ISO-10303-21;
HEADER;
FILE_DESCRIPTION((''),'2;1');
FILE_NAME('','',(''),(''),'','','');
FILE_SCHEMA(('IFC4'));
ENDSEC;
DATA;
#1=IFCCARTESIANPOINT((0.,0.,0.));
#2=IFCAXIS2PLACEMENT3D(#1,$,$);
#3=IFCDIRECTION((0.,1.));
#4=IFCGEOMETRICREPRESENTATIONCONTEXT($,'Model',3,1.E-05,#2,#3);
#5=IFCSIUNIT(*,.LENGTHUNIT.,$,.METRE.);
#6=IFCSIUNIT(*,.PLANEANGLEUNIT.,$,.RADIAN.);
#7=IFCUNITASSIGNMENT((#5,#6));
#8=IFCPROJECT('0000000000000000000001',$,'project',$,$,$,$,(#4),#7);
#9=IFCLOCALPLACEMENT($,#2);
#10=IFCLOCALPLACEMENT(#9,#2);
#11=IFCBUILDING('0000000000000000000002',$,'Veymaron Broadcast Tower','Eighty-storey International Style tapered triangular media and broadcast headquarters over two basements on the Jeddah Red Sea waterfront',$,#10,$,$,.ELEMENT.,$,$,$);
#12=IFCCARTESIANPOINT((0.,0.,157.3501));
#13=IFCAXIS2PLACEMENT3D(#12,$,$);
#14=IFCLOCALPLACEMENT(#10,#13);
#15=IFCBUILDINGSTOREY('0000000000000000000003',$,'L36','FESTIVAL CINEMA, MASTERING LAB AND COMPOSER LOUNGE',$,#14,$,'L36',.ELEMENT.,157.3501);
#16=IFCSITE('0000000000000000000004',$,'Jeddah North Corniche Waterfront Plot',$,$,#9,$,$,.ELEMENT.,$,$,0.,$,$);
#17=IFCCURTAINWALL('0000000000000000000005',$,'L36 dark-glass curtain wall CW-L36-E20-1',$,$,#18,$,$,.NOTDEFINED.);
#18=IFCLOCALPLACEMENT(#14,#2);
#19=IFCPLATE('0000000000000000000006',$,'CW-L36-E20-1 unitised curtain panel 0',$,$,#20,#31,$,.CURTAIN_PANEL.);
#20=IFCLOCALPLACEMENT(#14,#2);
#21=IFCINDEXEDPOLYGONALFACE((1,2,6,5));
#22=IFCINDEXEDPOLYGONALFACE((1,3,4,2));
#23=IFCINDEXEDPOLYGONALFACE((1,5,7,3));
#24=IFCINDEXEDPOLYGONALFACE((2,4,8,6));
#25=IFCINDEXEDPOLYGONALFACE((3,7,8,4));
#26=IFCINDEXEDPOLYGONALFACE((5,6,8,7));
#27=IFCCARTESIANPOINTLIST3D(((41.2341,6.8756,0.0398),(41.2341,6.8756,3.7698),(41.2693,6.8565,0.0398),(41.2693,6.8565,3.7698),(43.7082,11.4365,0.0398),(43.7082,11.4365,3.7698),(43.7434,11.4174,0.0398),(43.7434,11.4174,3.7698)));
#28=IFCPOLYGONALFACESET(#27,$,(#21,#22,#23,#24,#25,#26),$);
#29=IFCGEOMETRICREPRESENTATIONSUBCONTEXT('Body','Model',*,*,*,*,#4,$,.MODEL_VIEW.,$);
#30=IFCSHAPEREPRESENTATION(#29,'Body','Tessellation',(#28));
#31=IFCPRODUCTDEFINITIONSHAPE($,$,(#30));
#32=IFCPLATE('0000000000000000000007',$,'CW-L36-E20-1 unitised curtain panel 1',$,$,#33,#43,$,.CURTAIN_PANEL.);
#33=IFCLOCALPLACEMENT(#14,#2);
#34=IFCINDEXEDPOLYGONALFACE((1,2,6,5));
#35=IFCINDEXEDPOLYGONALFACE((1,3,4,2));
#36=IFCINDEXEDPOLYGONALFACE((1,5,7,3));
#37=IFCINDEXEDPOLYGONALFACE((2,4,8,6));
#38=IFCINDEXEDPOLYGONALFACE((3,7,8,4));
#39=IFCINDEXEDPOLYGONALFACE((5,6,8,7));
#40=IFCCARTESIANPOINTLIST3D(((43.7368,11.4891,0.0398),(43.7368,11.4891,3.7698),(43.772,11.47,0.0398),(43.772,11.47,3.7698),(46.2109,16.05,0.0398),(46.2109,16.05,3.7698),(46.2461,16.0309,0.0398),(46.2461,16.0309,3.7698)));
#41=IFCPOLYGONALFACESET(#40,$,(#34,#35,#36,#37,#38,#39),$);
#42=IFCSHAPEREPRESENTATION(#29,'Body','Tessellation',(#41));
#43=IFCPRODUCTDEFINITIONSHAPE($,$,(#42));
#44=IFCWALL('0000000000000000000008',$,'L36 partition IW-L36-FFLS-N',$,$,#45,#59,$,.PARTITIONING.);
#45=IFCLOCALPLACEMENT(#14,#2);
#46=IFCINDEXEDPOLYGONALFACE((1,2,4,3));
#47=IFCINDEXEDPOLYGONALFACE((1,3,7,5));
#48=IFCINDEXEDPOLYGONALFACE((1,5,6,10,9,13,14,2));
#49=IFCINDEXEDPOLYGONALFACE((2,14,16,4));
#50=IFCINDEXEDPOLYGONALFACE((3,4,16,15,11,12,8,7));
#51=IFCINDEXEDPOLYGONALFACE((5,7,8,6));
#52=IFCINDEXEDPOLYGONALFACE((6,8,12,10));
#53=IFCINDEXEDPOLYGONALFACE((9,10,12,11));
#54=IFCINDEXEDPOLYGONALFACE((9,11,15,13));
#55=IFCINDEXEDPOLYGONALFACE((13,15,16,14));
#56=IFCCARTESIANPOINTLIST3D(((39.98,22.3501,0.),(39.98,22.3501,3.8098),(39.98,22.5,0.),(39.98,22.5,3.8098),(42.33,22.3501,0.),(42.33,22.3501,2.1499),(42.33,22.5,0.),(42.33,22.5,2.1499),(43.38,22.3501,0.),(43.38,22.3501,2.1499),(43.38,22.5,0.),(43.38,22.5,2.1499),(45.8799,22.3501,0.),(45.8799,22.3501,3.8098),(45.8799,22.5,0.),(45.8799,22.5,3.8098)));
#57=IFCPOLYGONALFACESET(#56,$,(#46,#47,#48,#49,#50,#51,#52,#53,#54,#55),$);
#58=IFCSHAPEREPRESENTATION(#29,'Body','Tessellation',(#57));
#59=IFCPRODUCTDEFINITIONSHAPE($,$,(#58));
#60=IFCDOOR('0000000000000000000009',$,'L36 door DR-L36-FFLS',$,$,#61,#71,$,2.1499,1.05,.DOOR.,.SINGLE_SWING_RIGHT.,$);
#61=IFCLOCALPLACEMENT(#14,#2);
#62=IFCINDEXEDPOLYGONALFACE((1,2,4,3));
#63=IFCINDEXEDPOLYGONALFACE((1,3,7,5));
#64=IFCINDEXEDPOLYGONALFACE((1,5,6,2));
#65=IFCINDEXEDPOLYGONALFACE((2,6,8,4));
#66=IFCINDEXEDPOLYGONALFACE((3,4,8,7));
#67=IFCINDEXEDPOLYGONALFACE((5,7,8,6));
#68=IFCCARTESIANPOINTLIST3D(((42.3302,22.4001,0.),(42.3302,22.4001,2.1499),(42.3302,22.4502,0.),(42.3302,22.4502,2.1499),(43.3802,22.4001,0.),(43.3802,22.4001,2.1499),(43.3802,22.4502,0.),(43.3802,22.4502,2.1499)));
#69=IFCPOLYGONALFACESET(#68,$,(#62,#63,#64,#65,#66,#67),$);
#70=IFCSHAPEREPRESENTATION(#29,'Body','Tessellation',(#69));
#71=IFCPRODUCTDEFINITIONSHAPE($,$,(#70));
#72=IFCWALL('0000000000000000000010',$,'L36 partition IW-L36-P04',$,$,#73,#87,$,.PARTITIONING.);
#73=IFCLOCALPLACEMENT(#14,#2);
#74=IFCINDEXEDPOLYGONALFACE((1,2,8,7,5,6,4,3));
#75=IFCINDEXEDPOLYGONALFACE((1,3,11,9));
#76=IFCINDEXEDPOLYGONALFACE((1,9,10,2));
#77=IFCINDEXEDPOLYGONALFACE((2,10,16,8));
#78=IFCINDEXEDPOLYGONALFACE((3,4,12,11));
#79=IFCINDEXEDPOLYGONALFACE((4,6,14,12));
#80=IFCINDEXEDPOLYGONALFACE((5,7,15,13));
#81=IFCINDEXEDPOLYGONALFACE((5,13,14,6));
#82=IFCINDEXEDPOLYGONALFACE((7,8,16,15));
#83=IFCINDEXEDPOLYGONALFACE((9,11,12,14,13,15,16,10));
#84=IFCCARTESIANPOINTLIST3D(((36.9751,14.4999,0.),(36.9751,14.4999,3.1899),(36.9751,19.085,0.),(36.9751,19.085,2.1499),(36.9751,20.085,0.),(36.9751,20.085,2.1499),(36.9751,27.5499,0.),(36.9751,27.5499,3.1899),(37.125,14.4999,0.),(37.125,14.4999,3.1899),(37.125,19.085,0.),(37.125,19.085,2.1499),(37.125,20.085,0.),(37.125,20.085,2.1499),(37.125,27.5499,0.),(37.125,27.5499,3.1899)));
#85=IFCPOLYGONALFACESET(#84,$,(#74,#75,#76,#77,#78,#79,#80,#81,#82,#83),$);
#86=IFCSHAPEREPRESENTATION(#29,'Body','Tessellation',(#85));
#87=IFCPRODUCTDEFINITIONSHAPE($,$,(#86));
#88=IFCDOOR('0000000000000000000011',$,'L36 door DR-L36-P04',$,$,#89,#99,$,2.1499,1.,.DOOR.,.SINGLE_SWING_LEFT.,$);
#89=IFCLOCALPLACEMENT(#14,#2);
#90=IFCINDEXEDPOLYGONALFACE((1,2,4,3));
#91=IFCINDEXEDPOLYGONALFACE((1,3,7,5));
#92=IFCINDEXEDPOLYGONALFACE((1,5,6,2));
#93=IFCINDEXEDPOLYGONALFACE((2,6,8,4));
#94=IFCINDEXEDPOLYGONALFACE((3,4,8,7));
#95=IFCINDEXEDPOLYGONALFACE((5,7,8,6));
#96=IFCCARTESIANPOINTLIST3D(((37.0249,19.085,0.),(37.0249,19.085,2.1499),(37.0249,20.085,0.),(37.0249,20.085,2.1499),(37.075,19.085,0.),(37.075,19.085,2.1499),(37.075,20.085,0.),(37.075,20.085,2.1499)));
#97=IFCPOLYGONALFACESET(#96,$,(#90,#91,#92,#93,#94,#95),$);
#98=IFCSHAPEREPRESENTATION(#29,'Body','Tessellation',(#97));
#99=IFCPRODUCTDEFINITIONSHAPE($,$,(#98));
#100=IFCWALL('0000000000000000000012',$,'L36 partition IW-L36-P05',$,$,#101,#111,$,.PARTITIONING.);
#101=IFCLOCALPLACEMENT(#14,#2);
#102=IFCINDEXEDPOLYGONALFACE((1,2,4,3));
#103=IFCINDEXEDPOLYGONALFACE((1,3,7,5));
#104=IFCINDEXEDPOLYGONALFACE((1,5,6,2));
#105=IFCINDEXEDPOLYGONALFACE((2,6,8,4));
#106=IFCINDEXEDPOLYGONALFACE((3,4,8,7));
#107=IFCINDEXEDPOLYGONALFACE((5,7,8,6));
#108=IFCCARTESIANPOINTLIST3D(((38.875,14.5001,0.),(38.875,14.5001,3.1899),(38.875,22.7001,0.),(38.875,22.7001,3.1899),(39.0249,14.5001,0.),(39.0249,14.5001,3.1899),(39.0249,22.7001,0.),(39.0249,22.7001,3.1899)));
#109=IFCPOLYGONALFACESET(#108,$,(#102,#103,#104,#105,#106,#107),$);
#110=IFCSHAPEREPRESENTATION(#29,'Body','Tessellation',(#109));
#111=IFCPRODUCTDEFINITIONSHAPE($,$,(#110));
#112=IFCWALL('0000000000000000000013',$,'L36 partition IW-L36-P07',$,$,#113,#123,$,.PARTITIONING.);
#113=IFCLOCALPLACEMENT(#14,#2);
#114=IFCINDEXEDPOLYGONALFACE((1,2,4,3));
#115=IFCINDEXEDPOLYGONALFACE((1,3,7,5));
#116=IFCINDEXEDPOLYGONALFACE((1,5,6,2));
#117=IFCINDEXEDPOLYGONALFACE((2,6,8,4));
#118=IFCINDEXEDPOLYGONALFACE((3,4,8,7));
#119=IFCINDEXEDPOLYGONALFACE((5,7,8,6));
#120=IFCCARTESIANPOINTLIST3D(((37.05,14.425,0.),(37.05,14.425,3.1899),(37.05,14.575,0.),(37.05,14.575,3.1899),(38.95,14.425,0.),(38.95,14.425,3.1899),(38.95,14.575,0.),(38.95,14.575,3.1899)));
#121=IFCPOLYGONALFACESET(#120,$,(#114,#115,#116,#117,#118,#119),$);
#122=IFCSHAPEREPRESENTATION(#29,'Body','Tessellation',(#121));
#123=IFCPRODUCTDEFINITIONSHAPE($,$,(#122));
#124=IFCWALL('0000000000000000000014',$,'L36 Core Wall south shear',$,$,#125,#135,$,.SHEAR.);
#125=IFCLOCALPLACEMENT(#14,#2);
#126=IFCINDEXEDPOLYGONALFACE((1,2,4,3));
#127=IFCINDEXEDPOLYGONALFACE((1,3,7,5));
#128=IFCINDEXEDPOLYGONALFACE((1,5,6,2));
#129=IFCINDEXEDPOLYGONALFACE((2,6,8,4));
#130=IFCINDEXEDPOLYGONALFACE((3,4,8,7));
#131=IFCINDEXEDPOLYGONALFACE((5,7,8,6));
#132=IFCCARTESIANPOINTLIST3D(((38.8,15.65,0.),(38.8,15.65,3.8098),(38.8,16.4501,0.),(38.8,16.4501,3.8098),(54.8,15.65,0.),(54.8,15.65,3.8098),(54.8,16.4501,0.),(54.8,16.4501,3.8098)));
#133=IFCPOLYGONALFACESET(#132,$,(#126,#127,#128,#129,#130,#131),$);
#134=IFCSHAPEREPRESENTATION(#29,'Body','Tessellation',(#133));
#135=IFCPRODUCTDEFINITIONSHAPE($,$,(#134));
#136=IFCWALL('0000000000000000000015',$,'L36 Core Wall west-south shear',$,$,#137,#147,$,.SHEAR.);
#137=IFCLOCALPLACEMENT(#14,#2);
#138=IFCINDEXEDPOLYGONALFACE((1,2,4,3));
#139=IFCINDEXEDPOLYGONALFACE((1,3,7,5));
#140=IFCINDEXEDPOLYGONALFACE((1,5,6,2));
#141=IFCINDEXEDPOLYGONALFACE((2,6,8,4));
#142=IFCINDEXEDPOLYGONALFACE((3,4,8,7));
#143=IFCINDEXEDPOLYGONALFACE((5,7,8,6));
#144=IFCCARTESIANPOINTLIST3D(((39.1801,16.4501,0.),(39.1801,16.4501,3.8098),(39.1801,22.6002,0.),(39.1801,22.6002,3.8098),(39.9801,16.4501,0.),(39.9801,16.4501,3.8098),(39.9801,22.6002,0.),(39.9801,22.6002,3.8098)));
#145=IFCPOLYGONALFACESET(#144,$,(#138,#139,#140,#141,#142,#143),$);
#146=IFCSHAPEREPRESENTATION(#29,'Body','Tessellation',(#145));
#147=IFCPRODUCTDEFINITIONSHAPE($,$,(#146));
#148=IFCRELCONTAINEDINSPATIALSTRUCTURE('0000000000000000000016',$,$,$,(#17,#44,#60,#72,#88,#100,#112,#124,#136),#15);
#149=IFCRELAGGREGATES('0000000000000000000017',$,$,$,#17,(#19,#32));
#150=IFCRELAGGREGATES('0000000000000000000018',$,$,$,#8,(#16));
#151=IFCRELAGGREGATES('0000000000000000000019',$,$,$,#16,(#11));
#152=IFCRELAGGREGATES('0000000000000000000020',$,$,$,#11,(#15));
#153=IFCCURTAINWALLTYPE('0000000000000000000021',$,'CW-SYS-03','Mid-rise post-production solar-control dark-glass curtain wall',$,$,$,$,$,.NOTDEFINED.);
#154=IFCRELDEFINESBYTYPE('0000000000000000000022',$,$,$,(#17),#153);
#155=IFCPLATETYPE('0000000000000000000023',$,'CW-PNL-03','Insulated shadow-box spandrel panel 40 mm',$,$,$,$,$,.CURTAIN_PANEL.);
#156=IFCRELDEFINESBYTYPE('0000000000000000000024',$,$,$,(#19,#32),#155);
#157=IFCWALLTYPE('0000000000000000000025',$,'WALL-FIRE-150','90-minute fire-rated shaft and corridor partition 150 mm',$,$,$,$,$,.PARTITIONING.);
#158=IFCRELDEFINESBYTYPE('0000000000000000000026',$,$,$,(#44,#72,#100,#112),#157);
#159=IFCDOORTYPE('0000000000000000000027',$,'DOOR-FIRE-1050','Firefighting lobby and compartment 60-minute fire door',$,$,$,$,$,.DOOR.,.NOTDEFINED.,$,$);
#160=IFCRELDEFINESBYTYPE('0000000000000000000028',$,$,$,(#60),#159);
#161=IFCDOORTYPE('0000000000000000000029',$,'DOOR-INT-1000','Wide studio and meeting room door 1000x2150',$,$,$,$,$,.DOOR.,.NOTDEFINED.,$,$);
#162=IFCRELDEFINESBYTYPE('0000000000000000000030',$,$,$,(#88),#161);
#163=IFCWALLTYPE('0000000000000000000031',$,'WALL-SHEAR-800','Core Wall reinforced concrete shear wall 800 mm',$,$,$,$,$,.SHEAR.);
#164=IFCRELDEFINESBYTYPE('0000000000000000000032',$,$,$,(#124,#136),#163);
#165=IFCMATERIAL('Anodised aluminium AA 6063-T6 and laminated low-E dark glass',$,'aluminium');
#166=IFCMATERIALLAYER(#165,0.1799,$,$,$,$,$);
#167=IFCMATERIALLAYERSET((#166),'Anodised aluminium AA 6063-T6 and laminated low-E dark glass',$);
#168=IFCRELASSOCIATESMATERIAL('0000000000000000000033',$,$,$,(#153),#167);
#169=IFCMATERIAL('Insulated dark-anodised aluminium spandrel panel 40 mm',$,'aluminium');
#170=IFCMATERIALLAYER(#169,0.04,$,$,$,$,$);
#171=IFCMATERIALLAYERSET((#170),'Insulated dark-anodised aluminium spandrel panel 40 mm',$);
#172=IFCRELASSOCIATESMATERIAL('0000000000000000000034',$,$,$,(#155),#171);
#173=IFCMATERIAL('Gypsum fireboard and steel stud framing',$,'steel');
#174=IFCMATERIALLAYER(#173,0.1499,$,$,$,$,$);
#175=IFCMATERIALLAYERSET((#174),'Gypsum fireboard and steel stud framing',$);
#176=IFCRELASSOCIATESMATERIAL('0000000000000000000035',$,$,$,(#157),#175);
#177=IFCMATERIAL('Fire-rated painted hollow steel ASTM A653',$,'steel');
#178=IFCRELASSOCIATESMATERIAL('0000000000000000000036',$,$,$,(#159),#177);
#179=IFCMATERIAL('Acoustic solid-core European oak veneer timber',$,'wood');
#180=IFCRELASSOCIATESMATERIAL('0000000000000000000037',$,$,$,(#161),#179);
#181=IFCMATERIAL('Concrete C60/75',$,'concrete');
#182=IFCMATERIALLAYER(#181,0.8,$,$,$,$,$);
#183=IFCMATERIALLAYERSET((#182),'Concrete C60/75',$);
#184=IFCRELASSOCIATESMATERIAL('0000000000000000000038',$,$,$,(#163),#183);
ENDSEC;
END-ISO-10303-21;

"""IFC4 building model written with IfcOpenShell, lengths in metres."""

from ifc_helpers import new_model, si_unit, direction, frame, frame_2d, origin, origin_2d, place, context, subcontext, project, spatial, rectangle, extrude, material, layer, layer_set, type_object, element, fill, aggregate, save


model = new_model("IFC4")

# Units and contexts
model_context = context("Model", 3, precision=1e-05, world=origin(), true_north=direction((0.0, 1.0)))
body_context = subcontext(model_context, "Body", "Model", "MODEL_VIEW")
ifc_project = project(units=[si_unit("LENGTHUNIT", "METRE"), si_unit("PLANEANGLEUNIT", "RADIAN")], contexts=[model_context])

# Site, building, storey
site_placement = place(None, origin())
site = spatial("IfcSite", under=ifc_project, at=site_placement, Name="Jeddah North Corniche Waterfront Plot", CompositionType="ELEMENT", RefElevation=0.0)
building_placement = place(site_placement, origin())
building = spatial("IfcBuilding", under=site, at=building_placement, Name="Veymaron Broadcast Tower", Description="Eighty-storey International Style tapered triangular media and broadcast headquarters over two basements on the Jeddah Red Sea waterfront", CompositionType="ELEMENT")
storey_placement = place(building_placement, frame((0.0, 0.0, 157.3501)))
storey = spatial("IfcBuildingStorey", under=building, at=storey_placement, Name="L36", Description="FESTIVAL CINEMA, MASTERING LAB AND COMPOSER LOUNGE", LongName="L36", CompositionType="ELEMENT", Elevation=157.3501)

# Curtain wall, plates
ifc_material_1 = material(Name="Anodised aluminium AA 6063-T6 and laminated low-E dark glass", Category="aluminium")
ifc_layer_1 = layer(ifc_material_1, 0.1799)
ifc_layer_set_1 = layer_set([ifc_layer_1], Name="Anodised aluminium AA 6063-T6 and laminated low-E dark glass")
curtain_wall_type = type_object("IfcCurtainWallType", Name="CW-SYS-03", Description="Mid-rise post-production solar-control dark-glass curtain wall", PredefinedType="NOTDEFINED", material=ifc_layer_set_1)
curtain_wall_placement = place(storey_placement, origin())
curtain_wall = element("IfcCurtainWall", 1, at=curtain_wall_placement, inside=storey, type_object=curtain_wall_type, Name="L36 dark-glass curtain wall CW-L36-E20-1", PredefinedType="NOTDEFINED")
ifc_material_2 = material(Name="Insulated dark-anodised aluminium spandrel panel 40 mm", Category="aluminium")
ifc_layer_2 = layer(ifc_material_2, 0.04)
ifc_layer_set_2 = layer_set([ifc_layer_2], Name="Insulated dark-anodised aluminium spandrel panel 40 mm")
plate_type = type_object("IfcPlateType", Name="CW-PNL-03", Description="Insulated shadow-box spandrel panel 40 mm", PredefinedType="CURTAIN_PANEL", material=ifc_layer_set_2)
plate_1_placement = place(storey_placement, frame((42.4888, 9.1465, 0.0398), z_axis=(0.0, 0.0, 1.0), x_axis=(0.476821, 0.879, 0.0)))
plate_1 = element("IfcPlate", 2, at=plate_1_placement, type_object=plate_type, Name="CW-L36-E20-1 unitised curtain panel 0", PredefinedType="CURTAIN_PANEL", context=body_context, shape_type="SweptSolid", body=[
    extrude(rectangle(XDim=5.1887, YDim=0.04, at=origin_2d()), origin(), (0.0, 0.0, 1.0), 3.73),
])
plate_2_placement = place(storey_placement, frame((44.9915, 13.76, 0.0398), z_axis=(0.0, 0.0, 1.0), x_axis=(0.476821, 0.879, 0.0)))
plate_2 = element("IfcPlate", 3, at=plate_2_placement, type_object=plate_type, Name="CW-L36-E20-1 unitised curtain panel 1", PredefinedType="CURTAIN_PANEL", context=body_context, shape_type="SweptSolid", body=[
    extrude(rectangle(XDim=5.1887, YDim=0.04, at=origin_2d()), origin(), (0.0, 0.0, 1.0), 3.73),
])
aggregate(curtain_wall, [plate_1, plate_2])

# Walls, openings, doors
ifc_material_3 = material(Name="Gypsum fireboard and steel stud framing", Category="steel")
ifc_layer_3 = layer(ifc_material_3, 0.1499)
ifc_layer_set_3 = layer_set([ifc_layer_3], Name="Gypsum fireboard and steel stud framing")
wall_type_1 = type_object("IfcWallType", Name="WALL-FIRE-150", Description="90-minute fire-rated shaft and corridor partition 150 mm", PredefinedType="PARTITIONING", material=ifc_layer_set_3)
wall_1_placement = place(storey_placement, frame((39.98, 22.425, 0.0), z_axis=(0.0, 0.0, 1.0), x_axis=(1.0, 0.0, 0.0)))
wall_1 = element("IfcWall", 4, at=wall_1_placement, inside=storey, type_object=wall_type_1, Name="L36 partition IW-L36-FFLS-N", PredefinedType="PARTITIONING", context=body_context, shape_type="SweptSolid", body=[
    extrude(rectangle(XDim=5.8999, YDim=0.1499, at=frame_2d((2.95, 0.0))), origin(), (0.0, 0.0, 1.0), 3.8098),
])
opening_1_placement = place(wall_1_placement, frame((2.3501, 0.0, 0.0)))
opening_1 = element("IfcOpeningElement", 5, at=opening_1_placement, cuts=wall_1, PredefinedType="OPENING", context=body_context, shape_type="SweptSolid", body=[
    extrude(rectangle(XDim=1.05, YDim=2.1499, at=frame_2d((0.5249, 1.075))), frame((0.0, 0.085, 0.0), z_axis=(0.0, -1.0, 0.0), x_axis=(1.0, 0.0, 0.0)), (0.0, 0.0, 1.0), 0.1699),
])
ifc_material_4 = material(Name="Fire-rated painted hollow steel ASTM A653", Category="steel")
door_type_1 = type_object("IfcDoorType", Name="DOOR-FIRE-1050", Description="Firefighting lobby and compartment 60-minute fire door", OperationType="NOTDEFINED", PredefinedType="DOOR", material=ifc_material_4)
door_1_placement = place(opening_1_placement, frame((1.05, 0.0, 0.0), z_axis=(0.0, 0.0, 1.0), x_axis=(-1.0, 0.0, 0.0)))
door_1 = element("IfcDoor", 6, at=door_1_placement, inside=storey, type_object=door_type_1, Name="L36 door DR-L36-FFLS", OperationType="SINGLE_SWING_RIGHT", OverallHeight=2.1499, OverallWidth=1.05, PredefinedType="DOOR", context=body_context, shape_type="SweptSolid", body=[
    extrude(rectangle(XDim=1.05, YDim=2.1499, at=frame_2d((0.5249, 1.075))), frame((0.0, 0.0249, 0.0), z_axis=(0.0, -1.0, 0.0), x_axis=(1.0, 0.0, 0.0)), (0.0, 0.0, 1.0), 0.05),
])
fill(opening_1, door_1)
wall_2_placement = place(storey_placement, frame((37.05, 14.5, 0.0), z_axis=(0.0, 0.0, 1.0), x_axis=(0.0, 1.0, 0.0)))
wall_2 = element("IfcWall", 7, at=wall_2_placement, inside=storey, type_object=wall_type_1, Name="L36 partition IW-L36-P04", PredefinedType="PARTITIONING", context=body_context, shape_type="SweptSolid", body=[
    extrude(rectangle(XDim=13.05, YDim=0.1499, at=frame_2d((6.5249, 0.0))), origin(), (0.0, 0.0, 1.0), 3.1899),
])
opening_2_placement = place(wall_2_placement, frame((4.585, 0.0, 0.0)))
opening_2 = element("IfcOpeningElement", 8, at=opening_2_placement, cuts=wall_2, PredefinedType="OPENING", context=body_context, shape_type="SweptSolid", body=[
    extrude(rectangle(XDim=1.0, YDim=2.1499, at=frame_2d((0.5, 1.075))), frame((0.0, 0.085, 0.0), z_axis=(0.0, -1.0, 0.0), x_axis=(1.0, 0.0, 0.0)), (0.0, 0.0, 1.0), 0.1699),
])
ifc_material_5 = material(Name="Acoustic solid-core European oak veneer timber", Category="wood")
door_type_2 = type_object("IfcDoorType", Name="DOOR-INT-1000", Description="Wide studio and meeting room door 1000x2150", OperationType="NOTDEFINED", PredefinedType="DOOR", material=ifc_material_5)
door_2_placement = place(opening_2_placement, frame((1.0, 0.0, 0.0), z_axis=(0.0, 0.0, 1.0), x_axis=(-1.0, 0.0, 0.0)))
door_2 = element("IfcDoor", 9, at=door_2_placement, inside=storey, type_object=door_type_2, Name="L36 door DR-L36-P04", OperationType="SINGLE_SWING_LEFT", OverallHeight=2.1499, OverallWidth=1.0, PredefinedType="DOOR", context=body_context, shape_type="SweptSolid", body=[
    extrude(rectangle(XDim=1.0, YDim=2.1499, at=frame_2d((0.5, 1.075))), frame((0.0, 0.0249, 0.0), z_axis=(0.0, -1.0, 0.0), x_axis=(1.0, 0.0, 0.0)), (0.0, 0.0, 1.0), 0.05),
])
fill(opening_2, door_2)

# Walls
wall_3_placement = place(storey_placement, frame((38.95, 14.5, 0.0), z_axis=(0.0, 0.0, 1.0), x_axis=(0.0, 1.0, 0.0)))
element("IfcWall", 10, at=wall_3_placement, inside=storey, type_object=wall_type_1, Name="L36 partition IW-L36-P05", PredefinedType="PARTITIONING", context=body_context, shape_type="SweptSolid", body=[
    extrude(rectangle(XDim=8.2, YDim=0.1499, at=frame_2d((4.1001, 0.0))), origin(), (0.0, 0.0, 1.0), 3.1899),
])
wall_4_placement = place(storey_placement, frame((37.05, 14.5, 0.0), z_axis=(0.0, 0.0, 1.0), x_axis=(1.0, 0.0, 0.0)))
element("IfcWall", 11, at=wall_4_placement, inside=storey, type_object=wall_type_1, Name="L36 partition IW-L36-P07", PredefinedType="PARTITIONING", context=body_context, shape_type="SweptSolid", body=[
    extrude(rectangle(XDim=1.8999, YDim=0.1499, at=frame_2d((0.95, 0.0))), origin(), (0.0, 0.0, 1.0), 3.1899),
])

# Walls
ifc_material_6 = material(Name="Concrete C60/75", Category="concrete")
ifc_layer_4 = layer(ifc_material_6, 0.8)
ifc_layer_set_4 = layer_set([ifc_layer_4], Name="Concrete C60/75")
wall_type_2 = type_object("IfcWallType", Name="WALL-SHEAR-800", Description="Core Wall reinforced concrete shear wall 800 mm", PredefinedType="SHEAR", material=ifc_layer_set_4)
wall_5_placement = place(storey_placement, frame((38.8, 16.05, 0.0), z_axis=(0.0, 0.0, 1.0), x_axis=(1.0, 0.0, 0.0)))
element("IfcWall", 12, at=wall_5_placement, inside=storey, type_object=wall_type_2, Name="L36 Core Wall south shear", PredefinedType="SHEAR", context=body_context, shape_type="SweptSolid", body=[
    extrude(rectangle(XDim=16.0, YDim=0.8, at=frame_2d((8.0, 0.0))), origin(), (0.0, 0.0, 1.0), 3.8098),
])
wall_6_placement = place(storey_placement, frame((39.5801, 16.45, 0.0), z_axis=(0.0, 0.0, 1.0), x_axis=(0.0, 1.0, 0.0)))
element("IfcWall", 13, at=wall_6_placement, inside=storey, type_object=wall_type_2, Name="L36 Core Wall west-south shear", PredefinedType="SHEAR", context=body_context, shape_type="SweptSolid", body=[
    extrude(rectangle(XDim=6.1501, YDim=0.8, at=frame_2d((3.0752, 0.0))), origin(), (0.0, 0.0, 1.0), 3.8098),
])

save(model, "model.ifc")
